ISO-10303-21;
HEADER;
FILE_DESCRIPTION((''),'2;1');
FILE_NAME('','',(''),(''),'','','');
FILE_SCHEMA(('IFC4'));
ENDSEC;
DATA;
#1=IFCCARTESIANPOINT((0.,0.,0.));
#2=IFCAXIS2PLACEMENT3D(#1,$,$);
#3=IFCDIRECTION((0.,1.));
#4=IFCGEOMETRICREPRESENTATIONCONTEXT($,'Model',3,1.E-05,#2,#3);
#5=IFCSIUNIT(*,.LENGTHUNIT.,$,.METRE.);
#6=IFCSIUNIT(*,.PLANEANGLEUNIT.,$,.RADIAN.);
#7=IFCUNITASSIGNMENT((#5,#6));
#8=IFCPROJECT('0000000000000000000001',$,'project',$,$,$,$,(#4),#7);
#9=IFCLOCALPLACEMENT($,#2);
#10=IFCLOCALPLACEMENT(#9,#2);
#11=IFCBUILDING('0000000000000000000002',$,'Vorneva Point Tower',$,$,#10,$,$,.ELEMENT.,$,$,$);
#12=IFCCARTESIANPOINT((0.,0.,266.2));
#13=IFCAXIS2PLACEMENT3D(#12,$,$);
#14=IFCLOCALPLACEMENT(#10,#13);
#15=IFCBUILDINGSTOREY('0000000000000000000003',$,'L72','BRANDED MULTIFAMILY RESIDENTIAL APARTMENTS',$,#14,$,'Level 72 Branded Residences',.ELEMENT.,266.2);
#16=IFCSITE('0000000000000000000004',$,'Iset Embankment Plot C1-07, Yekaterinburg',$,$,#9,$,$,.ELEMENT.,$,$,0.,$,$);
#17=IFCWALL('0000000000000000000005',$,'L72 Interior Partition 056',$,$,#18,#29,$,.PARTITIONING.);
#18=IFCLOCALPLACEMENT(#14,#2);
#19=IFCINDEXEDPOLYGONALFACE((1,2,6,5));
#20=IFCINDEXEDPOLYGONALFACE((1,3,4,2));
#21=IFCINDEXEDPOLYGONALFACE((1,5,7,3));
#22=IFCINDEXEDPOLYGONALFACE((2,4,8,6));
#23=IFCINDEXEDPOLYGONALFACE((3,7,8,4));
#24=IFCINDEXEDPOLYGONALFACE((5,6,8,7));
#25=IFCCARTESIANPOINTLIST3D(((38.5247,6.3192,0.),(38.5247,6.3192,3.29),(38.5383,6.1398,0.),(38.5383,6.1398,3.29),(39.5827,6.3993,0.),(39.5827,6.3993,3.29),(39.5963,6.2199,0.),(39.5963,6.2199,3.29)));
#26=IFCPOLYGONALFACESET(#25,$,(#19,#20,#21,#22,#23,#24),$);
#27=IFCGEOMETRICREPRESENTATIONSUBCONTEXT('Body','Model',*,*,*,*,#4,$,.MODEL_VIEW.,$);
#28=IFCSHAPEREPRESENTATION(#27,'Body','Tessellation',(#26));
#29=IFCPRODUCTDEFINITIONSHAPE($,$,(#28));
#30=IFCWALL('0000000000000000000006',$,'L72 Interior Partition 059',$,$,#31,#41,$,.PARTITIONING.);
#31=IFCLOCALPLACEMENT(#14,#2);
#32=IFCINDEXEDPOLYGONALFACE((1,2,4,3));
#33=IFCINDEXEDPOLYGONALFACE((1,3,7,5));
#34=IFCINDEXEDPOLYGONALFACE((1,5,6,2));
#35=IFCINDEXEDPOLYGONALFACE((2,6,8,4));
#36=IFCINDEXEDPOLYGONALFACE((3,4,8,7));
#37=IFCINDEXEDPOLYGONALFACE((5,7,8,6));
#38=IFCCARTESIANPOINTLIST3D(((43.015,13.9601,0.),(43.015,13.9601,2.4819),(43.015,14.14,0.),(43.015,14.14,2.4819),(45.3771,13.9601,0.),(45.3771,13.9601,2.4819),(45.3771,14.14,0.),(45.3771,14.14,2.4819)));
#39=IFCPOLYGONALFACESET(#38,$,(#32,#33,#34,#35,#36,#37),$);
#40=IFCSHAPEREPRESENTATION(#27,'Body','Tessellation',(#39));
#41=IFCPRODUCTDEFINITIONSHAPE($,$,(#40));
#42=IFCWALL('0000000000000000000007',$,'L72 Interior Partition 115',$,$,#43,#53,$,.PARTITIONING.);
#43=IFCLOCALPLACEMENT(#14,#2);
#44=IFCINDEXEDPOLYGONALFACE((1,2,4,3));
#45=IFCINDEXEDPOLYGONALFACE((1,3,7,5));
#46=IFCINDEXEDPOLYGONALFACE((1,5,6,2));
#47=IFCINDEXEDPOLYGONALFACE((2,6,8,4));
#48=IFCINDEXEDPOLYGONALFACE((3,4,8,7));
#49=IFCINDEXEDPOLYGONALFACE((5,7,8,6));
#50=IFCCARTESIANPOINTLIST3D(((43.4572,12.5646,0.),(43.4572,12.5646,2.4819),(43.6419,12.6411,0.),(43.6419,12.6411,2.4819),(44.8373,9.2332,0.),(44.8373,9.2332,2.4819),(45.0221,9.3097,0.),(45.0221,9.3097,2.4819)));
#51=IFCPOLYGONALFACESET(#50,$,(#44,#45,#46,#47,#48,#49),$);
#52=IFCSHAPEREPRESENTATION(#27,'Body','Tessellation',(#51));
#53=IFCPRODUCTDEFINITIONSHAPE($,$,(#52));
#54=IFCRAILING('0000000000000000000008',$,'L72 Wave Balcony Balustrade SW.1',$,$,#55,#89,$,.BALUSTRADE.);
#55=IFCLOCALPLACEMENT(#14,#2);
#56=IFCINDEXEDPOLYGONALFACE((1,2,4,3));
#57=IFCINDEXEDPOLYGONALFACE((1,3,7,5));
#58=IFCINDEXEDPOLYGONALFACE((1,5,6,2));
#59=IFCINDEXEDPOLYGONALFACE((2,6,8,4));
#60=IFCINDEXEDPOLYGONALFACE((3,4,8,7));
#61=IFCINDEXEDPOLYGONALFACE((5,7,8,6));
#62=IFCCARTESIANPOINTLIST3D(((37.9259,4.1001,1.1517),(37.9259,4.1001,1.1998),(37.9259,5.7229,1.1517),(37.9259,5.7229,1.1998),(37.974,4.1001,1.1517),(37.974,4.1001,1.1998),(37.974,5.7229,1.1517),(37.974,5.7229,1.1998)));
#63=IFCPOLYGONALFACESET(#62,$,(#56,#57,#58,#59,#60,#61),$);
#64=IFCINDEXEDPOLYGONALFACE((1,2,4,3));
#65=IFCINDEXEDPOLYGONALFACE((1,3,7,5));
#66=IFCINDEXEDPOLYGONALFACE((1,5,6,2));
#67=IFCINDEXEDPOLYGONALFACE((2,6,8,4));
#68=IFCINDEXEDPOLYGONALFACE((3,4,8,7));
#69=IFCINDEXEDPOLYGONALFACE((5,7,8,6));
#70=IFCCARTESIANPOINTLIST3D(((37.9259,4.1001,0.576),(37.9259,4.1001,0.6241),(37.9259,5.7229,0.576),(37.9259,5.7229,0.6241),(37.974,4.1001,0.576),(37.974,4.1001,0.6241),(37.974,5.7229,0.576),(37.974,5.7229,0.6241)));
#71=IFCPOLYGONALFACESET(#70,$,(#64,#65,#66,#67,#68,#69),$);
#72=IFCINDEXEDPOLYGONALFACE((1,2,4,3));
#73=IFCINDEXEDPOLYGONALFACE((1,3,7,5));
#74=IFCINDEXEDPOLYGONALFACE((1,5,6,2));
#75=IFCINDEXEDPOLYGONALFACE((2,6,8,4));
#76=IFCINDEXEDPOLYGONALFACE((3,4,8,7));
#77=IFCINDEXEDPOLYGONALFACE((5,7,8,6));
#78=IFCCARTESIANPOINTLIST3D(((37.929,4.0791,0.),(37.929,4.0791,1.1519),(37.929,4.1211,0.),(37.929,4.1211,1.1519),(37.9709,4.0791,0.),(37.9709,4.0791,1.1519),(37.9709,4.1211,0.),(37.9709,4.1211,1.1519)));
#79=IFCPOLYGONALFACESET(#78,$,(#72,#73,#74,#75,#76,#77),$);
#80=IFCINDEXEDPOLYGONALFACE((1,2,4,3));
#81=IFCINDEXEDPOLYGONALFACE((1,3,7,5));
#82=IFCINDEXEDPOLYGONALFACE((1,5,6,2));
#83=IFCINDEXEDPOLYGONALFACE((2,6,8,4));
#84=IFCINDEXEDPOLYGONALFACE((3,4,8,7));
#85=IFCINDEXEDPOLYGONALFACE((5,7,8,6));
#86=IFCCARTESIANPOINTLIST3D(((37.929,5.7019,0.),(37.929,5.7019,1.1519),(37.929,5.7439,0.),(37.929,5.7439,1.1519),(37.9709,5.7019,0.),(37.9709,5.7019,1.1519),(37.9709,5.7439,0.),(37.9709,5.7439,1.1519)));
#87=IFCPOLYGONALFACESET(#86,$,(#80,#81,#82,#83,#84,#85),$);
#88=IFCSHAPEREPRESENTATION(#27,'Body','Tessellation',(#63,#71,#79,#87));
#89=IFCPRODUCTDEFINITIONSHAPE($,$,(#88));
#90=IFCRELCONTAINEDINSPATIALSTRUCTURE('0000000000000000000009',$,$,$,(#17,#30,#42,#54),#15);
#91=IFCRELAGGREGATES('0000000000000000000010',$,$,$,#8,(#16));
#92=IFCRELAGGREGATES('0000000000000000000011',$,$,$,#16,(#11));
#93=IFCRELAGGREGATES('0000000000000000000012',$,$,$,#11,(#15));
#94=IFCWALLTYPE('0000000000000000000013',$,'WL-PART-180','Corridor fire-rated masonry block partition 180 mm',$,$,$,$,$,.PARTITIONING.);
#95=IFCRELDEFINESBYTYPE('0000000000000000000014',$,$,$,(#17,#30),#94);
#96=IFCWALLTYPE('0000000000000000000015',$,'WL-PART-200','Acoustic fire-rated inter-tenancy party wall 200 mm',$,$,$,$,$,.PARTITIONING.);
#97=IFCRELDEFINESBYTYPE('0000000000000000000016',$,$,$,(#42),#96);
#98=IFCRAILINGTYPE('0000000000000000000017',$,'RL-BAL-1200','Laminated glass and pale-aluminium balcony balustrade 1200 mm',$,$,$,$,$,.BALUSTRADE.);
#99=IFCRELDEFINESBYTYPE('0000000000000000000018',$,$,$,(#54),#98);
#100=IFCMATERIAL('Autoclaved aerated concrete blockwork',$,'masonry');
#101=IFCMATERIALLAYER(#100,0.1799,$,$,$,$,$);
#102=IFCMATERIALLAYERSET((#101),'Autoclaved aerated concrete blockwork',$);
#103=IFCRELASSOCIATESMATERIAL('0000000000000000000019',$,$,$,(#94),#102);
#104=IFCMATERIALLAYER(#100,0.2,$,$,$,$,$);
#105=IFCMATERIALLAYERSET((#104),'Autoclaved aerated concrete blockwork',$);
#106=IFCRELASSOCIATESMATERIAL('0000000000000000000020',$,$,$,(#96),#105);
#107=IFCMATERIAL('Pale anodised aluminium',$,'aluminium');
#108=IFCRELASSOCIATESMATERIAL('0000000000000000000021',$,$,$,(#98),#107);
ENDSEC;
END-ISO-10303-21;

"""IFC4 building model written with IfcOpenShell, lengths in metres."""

from ifc_helpers import new_model, si_unit, direction, frame, frame_2d, origin, origin_2d, place, context, subcontext, project, spatial, rectangle, extrude, material, layer, layer_set, type_object, element, save


model = new_model("IFC4")

# Units and contexts
model_context = context("Model", 3, precision=1e-05, world=origin(), true_north=direction((0.0, 1.0)))
body_context = subcontext(model_context, "Body", "Model", "MODEL_VIEW")
ifc_project = project(units=[si_unit("LENGTHUNIT", "METRE"), si_unit("PLANEANGLEUNIT", "RADIAN")], contexts=[model_context])

# Site, building, storey
site_placement = place(None, origin())
site = spatial("IfcSite", under=ifc_project, at=site_placement, Name="Iset Embankment Plot C1-07, Yekaterinburg", CompositionType="ELEMENT", RefElevation=0.0)
building_placement = place(site_placement, origin())
building = spatial("IfcBuilding", under=site, at=building_placement, Name="Vorneva Point Tower", CompositionType="ELEMENT")
storey_placement = place(building_placement, frame((0.0, 0.0, 266.2)))
storey = spatial("IfcBuildingStorey", under=building, at=storey_placement, Name="L72", Description="BRANDED MULTIFAMILY RESIDENTIAL APARTMENTS", LongName="Level 72 Branded Residences", CompositionType="ELEMENT", Elevation=266.2)

# Shared definitions
ifc_material_1 = material(Name="Pale anodised aluminium", Category="aluminium")

# Shared definitions
ifc_material_2 = material(Name="Autoclaved aerated concrete blockwork", Category="masonry")
ifc_layer_1 = layer(ifc_material_2, 0.1799)
ifc_layer_set_1 = layer_set([ifc_layer_1], Name="Autoclaved aerated concrete blockwork")
wall_type_1 = type_object("IfcWallType", Name="WL-PART-180", Description="Corridor fire-rated masonry block partition 180 mm", PredefinedType="PARTITIONING", material=ifc_layer_set_1)

# Wall
wall_1_placement = place(storey_placement, frame((38.5315, 6.2295, 0.0), z_axis=(0.0, 0.0, 1.0), x_axis=(0.997148, 0.075465, 0.0)))
element("IfcWall", 1, at=wall_1_placement, inside=storey, type_object=wall_type_1, Name="L72 Interior Partition 056", PredefinedType="PARTITIONING", context=body_context, shape_type="SweptSolid", body=[
    extrude(rectangle(XDim=1.061, YDim=0.1799, at=frame_2d((0.5305, 0.0))), origin(), (0.0, 0.0, 1.0), 3.29),
])

# Walls
wall_2_placement = place(storey_placement, frame((43.0149, 14.05, 0.0), z_axis=(0.0, 0.0, 1.0), x_axis=(1.0, 0.0, 0.0)))
element("IfcWall", 2, at=wall_2_placement, inside=storey, type_object=wall_type_1, Name="L72 Interior Partition 059", PredefinedType="PARTITIONING", context=body_context, shape_type="SweptSolid", body=[
    extrude(rectangle(XDim=2.3621, YDim=0.1799, at=frame_2d((1.1812, 0.0))), origin(), (0.0, 0.0, 1.0), 2.4819),
])
ifc_layer_2 = layer(ifc_material_2, 0.2)
ifc_layer_set_2 = layer_set([ifc_layer_2], Name="Autoclaved aerated concrete blockwork")
wall_type_2 = type_object("IfcWallType", Name="WL-PART-200", Description="Acoustic fire-rated inter-tenancy party wall 200 mm", PredefinedType="PARTITIONING", material=ifc_layer_set_2)
wall_3_placement = place(storey_placement, frame((44.9297, 9.2715, 0.0), z_axis=(0.0, 0.0, 1.0), x_axis=(-0.382744, 0.923854, 0.0)))
element("IfcWall", 3, at=wall_3_placement, inside=storey, type_object=wall_type_2, Name="L72 Interior Partition 115", PredefinedType="PARTITIONING", context=body_context, shape_type="SweptSolid", body=[
    extrude(rectangle(XDim=3.606, YDim=0.2, at=frame_2d((1.803, 0.0))), origin(), (0.0, 0.0, 1.0), 2.4819),
])

# Railing
railing_type = type_object("IfcRailingType", Name="RL-BAL-1200", Description="Laminated glass and pale-aluminium balcony balustrade 1200 mm", PredefinedType="BALUSTRADE", material=ifc_material_1)
railing_placement = place(storey_placement, frame((37.95, 4.1001, 0.0)))
element("IfcRailing", 4, at=railing_placement, inside=storey, type_object=railing_type, Name="L72 Wave Balcony Balustrade SW.1", PredefinedType="BALUSTRADE", context=body_context, shape_type="SweptSolid", body=[
    extrude(rectangle(XDim=0.0481, YDim=0.0481, at=origin_2d()), frame((0.0, 0.0, 1.1758), z_axis=(0.0, 1.0, 0.0), x_axis=(-1.0, 0.0, 0.0)), (0.0, 0.0, 1.0), 1.6228),
    extrude(rectangle(XDim=0.0481, YDim=0.0481, at=origin_2d()), frame((0.0, 0.0, 0.6001), z_axis=(0.0, 1.0, 0.0), x_axis=(-1.0, 0.0, 0.0)), (0.0, 0.0, 1.0), 1.6228),
    extrude(rectangle(XDim=0.042, YDim=0.042, at=origin_2d()), origin(), (0.0, 0.0, 1.0), 1.1519),
    extrude(rectangle(XDim=0.042, YDim=0.042, at=origin_2d()), frame((0.0, 1.6228, 0.0)), (0.0, 0.0, 1.0), 1.1519),
])

save(model, "model.ifc")
